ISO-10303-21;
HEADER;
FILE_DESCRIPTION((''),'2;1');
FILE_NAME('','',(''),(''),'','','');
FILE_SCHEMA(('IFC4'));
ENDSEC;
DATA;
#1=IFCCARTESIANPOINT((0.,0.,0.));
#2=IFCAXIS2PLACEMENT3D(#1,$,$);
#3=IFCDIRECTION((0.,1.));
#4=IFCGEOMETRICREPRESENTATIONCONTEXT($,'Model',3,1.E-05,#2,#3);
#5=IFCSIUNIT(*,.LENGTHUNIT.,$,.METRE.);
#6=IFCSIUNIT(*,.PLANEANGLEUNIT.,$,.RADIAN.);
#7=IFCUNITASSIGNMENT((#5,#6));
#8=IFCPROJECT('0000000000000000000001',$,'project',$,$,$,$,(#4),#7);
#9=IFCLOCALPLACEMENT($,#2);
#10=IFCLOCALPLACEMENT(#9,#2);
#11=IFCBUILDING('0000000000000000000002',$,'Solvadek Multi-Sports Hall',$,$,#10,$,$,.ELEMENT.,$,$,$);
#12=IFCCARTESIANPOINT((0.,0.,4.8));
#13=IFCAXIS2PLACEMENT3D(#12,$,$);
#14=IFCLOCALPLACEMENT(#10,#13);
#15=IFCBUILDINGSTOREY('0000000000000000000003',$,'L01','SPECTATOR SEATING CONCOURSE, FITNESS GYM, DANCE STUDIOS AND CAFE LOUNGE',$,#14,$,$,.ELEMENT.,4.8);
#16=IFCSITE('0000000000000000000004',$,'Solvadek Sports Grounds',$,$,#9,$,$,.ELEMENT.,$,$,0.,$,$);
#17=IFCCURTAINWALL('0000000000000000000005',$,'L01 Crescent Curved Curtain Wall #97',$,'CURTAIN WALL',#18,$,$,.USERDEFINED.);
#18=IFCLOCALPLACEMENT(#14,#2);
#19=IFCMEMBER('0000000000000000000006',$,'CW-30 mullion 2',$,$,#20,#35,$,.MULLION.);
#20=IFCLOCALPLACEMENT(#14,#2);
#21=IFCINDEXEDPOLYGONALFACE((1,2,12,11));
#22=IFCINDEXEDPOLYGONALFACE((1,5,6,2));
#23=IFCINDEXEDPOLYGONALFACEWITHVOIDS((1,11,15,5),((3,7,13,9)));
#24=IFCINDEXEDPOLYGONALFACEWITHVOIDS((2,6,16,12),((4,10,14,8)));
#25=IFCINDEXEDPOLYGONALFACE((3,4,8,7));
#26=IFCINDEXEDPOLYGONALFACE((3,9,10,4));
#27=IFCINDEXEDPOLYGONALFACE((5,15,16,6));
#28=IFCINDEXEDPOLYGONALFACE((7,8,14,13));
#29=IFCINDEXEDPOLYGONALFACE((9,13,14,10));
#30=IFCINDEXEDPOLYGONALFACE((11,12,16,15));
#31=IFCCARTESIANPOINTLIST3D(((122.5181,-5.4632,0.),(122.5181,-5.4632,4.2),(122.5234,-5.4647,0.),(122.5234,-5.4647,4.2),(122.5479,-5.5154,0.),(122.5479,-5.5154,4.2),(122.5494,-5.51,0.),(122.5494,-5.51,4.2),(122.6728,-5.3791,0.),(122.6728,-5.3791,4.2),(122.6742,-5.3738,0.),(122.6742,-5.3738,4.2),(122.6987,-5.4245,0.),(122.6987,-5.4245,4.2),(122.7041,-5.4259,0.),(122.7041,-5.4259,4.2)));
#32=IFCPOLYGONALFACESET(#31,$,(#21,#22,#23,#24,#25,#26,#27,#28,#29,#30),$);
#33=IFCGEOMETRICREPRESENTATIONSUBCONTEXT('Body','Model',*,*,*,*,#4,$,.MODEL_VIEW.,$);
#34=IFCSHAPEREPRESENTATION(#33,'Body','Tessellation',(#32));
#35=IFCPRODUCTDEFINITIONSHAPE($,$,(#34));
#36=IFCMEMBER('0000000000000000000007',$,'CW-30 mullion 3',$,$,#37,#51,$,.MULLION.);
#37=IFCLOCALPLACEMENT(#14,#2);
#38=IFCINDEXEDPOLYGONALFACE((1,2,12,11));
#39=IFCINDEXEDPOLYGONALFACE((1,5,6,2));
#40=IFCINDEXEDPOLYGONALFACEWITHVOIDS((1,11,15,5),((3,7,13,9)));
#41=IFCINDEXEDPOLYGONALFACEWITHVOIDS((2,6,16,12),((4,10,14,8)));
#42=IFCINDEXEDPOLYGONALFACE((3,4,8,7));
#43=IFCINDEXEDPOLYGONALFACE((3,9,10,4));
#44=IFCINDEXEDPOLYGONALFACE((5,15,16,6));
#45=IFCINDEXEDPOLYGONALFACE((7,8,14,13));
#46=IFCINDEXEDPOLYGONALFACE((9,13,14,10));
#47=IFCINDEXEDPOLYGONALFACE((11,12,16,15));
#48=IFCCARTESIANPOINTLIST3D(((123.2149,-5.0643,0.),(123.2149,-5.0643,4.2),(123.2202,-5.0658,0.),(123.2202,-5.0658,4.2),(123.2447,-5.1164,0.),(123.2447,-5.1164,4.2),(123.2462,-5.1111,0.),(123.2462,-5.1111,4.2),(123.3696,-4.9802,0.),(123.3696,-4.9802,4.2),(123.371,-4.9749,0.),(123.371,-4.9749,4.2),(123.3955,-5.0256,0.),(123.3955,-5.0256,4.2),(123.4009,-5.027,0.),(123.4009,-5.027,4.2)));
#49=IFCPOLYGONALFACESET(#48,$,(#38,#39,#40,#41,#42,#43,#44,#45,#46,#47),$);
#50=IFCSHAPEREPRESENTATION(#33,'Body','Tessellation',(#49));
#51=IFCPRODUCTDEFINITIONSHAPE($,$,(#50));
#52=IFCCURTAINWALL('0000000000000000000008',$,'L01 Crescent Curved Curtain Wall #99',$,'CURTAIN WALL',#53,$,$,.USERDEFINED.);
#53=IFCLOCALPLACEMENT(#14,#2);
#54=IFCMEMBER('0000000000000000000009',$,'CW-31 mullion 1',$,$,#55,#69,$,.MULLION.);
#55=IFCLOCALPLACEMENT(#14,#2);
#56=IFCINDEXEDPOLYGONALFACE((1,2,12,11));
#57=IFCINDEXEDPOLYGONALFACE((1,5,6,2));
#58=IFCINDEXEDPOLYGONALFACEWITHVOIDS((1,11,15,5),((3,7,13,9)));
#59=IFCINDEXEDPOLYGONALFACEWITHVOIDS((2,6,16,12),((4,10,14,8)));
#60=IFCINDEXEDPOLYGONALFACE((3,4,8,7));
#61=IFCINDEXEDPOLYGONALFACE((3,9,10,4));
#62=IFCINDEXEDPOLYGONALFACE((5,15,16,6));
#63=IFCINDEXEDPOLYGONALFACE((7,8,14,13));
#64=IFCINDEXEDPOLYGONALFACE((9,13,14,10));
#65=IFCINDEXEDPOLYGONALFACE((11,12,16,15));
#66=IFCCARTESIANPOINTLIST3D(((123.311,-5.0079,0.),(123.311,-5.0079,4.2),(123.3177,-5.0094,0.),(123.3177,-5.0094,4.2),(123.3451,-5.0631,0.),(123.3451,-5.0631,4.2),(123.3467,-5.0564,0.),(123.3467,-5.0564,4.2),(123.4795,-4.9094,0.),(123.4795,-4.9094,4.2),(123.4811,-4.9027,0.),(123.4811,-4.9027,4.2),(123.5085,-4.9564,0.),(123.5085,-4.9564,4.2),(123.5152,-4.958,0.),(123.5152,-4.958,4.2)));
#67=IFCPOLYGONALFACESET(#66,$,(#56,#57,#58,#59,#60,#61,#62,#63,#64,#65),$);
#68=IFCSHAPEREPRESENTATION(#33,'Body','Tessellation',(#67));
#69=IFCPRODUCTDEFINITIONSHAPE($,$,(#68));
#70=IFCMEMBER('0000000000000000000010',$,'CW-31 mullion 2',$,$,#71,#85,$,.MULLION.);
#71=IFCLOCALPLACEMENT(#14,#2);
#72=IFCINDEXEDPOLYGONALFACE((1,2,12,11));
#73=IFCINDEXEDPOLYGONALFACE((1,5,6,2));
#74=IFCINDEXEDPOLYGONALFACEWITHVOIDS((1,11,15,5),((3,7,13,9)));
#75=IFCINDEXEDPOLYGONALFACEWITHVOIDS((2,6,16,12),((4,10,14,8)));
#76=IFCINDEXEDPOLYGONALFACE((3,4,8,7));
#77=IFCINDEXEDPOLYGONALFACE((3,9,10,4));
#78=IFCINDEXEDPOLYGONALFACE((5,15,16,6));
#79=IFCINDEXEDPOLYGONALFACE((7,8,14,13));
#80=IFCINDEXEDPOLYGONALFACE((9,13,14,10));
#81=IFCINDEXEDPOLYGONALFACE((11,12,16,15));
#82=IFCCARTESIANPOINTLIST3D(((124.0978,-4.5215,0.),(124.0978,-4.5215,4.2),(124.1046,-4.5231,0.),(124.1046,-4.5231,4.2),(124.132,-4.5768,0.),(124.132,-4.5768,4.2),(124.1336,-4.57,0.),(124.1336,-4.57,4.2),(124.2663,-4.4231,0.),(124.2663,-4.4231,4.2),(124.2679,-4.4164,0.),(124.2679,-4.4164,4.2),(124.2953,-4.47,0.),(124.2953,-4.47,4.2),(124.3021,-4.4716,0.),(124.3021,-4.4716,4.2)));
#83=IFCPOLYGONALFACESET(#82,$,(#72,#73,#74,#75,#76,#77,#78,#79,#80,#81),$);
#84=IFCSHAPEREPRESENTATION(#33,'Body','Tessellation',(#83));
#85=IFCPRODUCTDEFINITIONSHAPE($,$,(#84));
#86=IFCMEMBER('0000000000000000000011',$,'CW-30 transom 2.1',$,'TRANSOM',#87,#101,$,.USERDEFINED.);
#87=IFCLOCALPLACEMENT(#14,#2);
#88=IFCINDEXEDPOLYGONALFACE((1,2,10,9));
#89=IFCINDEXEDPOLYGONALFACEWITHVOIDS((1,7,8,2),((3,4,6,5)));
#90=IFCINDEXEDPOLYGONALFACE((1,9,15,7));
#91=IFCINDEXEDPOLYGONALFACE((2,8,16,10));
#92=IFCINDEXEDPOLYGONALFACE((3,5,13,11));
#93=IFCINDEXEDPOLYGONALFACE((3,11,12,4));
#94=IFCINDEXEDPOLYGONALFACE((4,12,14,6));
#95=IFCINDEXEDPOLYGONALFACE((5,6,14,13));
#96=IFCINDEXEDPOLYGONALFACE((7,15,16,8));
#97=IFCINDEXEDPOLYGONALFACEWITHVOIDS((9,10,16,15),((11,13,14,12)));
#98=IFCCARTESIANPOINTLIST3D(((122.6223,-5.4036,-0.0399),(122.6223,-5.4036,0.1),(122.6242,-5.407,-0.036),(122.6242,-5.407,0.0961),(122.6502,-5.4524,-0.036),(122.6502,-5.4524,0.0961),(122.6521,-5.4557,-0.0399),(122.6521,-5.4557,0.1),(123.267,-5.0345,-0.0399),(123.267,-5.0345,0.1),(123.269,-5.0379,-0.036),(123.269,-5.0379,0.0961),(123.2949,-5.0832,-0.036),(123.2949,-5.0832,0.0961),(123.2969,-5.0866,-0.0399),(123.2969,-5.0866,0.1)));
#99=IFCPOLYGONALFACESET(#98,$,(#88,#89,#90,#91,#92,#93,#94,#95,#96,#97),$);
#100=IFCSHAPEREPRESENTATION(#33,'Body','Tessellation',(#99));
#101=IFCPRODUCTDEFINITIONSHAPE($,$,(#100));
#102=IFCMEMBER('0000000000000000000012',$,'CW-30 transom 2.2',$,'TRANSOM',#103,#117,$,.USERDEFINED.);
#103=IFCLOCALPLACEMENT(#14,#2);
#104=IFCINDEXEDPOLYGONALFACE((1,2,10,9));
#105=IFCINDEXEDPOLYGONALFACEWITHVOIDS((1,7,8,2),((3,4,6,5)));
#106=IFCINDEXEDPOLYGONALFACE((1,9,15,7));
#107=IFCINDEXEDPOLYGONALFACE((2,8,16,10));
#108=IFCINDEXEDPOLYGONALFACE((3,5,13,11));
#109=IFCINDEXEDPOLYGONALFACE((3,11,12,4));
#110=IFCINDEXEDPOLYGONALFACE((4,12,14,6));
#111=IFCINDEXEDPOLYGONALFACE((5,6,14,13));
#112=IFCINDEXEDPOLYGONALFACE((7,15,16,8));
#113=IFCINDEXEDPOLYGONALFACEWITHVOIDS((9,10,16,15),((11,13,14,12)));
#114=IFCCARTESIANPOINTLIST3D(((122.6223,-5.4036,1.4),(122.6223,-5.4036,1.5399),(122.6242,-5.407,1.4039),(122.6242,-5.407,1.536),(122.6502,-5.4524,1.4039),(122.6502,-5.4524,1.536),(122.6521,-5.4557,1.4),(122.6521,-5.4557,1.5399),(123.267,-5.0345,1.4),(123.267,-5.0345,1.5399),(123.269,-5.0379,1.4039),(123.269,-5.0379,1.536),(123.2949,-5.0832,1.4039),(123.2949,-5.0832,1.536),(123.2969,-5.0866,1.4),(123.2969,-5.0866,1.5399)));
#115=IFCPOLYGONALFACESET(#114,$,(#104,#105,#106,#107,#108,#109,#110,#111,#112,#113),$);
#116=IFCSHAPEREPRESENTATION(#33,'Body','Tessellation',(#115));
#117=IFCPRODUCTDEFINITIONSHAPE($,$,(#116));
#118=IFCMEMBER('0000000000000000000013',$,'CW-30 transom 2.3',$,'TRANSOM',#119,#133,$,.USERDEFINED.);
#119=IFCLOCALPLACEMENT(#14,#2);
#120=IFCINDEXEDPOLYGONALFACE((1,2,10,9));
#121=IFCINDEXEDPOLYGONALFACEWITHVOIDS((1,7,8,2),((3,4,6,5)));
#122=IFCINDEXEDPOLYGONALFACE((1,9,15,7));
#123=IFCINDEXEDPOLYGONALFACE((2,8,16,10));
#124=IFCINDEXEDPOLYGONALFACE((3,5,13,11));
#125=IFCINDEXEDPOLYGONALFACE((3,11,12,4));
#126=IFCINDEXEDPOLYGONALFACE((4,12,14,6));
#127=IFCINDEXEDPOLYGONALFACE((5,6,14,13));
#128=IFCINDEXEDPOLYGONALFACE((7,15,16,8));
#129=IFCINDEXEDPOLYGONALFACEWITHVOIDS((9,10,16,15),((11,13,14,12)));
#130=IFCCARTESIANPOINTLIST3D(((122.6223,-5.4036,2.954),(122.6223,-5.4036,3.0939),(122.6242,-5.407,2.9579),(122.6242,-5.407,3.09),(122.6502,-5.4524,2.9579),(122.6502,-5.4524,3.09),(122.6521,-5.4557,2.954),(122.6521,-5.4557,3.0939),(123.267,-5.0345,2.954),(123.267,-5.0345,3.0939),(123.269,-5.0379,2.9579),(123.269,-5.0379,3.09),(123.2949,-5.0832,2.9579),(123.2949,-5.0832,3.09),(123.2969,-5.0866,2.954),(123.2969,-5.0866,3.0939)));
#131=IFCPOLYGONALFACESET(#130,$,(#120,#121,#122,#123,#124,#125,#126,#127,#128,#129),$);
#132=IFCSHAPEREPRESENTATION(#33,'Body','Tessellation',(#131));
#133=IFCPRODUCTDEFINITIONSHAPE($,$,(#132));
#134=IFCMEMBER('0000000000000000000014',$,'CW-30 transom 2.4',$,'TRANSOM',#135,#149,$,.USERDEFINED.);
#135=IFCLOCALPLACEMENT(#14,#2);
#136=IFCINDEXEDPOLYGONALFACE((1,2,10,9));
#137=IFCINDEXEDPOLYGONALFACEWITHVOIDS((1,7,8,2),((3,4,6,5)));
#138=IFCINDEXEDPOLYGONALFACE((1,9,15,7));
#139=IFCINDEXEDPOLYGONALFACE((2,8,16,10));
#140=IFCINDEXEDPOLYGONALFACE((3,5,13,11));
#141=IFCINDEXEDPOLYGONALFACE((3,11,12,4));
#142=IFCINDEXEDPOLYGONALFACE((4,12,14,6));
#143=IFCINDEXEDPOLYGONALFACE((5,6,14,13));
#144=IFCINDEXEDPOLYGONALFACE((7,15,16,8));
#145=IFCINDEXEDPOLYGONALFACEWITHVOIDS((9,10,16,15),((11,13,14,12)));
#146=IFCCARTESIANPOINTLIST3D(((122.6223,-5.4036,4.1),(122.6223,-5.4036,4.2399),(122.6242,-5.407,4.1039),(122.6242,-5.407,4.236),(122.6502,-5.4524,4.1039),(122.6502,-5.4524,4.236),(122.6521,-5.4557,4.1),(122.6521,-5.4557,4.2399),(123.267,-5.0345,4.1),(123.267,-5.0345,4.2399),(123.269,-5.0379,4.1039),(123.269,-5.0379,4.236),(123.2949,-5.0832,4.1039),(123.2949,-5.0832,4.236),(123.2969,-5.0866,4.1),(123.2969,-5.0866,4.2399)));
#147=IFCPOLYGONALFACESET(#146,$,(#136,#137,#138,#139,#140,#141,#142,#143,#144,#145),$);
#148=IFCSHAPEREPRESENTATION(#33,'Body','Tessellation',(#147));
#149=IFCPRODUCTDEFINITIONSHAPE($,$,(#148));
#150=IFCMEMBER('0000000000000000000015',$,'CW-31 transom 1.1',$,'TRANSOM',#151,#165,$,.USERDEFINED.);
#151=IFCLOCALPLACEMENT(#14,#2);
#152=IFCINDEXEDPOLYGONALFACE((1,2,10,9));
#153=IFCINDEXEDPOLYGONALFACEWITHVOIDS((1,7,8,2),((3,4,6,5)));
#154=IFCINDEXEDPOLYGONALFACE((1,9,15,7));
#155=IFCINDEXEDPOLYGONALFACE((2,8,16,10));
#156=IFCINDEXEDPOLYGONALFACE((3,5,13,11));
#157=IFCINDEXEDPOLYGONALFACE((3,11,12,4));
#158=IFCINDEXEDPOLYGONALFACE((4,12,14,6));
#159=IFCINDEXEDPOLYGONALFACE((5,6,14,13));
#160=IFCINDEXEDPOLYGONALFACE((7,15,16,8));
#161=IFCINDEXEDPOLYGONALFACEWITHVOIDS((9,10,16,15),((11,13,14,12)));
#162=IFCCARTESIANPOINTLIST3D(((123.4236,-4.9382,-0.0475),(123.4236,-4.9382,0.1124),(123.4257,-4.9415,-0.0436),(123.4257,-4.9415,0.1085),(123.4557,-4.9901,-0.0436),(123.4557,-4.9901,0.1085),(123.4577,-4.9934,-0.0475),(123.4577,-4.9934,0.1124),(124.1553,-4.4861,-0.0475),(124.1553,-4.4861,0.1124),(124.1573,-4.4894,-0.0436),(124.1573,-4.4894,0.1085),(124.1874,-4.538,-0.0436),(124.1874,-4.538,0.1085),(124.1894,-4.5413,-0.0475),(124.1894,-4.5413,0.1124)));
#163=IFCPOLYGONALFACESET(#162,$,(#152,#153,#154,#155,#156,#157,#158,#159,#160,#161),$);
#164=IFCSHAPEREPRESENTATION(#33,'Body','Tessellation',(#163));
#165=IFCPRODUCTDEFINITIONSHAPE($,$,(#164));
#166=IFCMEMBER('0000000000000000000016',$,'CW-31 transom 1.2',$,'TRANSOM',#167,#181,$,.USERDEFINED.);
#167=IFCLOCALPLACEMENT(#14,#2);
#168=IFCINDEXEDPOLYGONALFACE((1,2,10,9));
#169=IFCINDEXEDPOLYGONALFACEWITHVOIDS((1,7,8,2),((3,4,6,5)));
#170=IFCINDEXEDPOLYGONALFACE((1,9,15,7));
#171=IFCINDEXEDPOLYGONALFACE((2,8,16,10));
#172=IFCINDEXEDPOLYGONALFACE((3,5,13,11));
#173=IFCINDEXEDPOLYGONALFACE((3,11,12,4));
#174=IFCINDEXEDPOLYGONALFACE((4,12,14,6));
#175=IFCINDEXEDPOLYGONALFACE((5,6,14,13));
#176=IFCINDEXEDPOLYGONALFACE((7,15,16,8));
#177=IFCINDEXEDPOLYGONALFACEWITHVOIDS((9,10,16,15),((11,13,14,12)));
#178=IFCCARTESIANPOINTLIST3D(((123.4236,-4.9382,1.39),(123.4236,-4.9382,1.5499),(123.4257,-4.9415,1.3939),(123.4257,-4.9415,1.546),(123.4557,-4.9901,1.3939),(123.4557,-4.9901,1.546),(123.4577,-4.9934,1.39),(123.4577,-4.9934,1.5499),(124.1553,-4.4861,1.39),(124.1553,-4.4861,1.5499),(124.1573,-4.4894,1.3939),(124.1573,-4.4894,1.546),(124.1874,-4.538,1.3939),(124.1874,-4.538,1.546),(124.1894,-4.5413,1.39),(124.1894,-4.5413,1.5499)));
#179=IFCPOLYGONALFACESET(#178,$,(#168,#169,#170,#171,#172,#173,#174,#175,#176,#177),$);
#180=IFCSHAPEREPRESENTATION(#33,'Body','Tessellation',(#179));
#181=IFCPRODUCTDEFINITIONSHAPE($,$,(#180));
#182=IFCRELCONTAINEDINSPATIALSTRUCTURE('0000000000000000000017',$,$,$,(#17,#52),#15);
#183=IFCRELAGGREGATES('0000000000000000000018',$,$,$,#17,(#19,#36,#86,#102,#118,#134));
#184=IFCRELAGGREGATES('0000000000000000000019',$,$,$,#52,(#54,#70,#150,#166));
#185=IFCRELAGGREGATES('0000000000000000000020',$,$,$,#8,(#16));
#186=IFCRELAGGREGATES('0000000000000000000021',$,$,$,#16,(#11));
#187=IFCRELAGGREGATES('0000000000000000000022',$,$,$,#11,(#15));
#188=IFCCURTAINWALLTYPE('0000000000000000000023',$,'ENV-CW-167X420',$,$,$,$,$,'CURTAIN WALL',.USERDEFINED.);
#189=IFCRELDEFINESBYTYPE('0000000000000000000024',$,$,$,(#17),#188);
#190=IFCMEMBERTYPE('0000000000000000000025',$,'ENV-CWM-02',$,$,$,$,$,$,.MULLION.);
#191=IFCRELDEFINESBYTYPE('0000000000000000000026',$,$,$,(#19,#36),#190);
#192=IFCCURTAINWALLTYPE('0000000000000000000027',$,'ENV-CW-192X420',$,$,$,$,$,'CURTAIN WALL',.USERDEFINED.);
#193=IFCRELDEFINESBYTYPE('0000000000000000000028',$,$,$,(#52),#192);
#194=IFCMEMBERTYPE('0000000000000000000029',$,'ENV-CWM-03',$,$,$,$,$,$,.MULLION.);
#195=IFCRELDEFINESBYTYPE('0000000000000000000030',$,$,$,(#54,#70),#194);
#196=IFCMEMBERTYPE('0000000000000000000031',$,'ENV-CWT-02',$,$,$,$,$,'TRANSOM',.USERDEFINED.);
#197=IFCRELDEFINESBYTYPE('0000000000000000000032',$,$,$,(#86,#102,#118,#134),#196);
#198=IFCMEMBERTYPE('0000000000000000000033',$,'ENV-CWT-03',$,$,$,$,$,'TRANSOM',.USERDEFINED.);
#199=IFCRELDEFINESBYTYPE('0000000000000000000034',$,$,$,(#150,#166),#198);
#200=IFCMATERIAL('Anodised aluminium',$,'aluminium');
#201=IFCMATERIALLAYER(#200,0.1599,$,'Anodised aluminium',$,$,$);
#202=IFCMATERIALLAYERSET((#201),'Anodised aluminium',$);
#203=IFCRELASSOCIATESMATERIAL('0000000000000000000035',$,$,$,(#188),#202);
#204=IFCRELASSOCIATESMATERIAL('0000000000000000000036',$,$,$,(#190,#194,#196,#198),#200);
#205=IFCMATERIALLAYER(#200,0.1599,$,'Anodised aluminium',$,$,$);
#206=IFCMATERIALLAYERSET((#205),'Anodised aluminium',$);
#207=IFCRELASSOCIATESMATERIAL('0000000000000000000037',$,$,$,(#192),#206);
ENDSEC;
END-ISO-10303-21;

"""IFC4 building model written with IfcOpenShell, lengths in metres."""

from ifc_helpers import new_model, si_unit, direction, frame, origin, origin_2d, place, context, subcontext, project, spatial, hollow_rectangle, extrude, material, layer, layer_set, material_profile, profile_set, type_object, element, aggregate, save


model = new_model("IFC4")

# Units and contexts
model_context = context("Model", 3, precision=1e-05, world=origin(), true_north=direction((0.0, 1.0)))
body_context = subcontext(model_context, "Body", "Model", "MODEL_VIEW")
ifc_project = project(units=[si_unit("LENGTHUNIT", "METRE"), si_unit("PLANEANGLEUNIT", "RADIAN")], contexts=[model_context])

# Site, building, storey
site_placement = place(None, origin())
site = spatial("IfcSite", under=ifc_project, at=site_placement, Name="Solvadek Sports Grounds", CompositionType="ELEMENT", RefElevation=0.0)
building_placement = place(site_placement, origin())
building = spatial("IfcBuilding", under=site, at=building_placement, Name="Solvadek Multi-Sports Hall", CompositionType="ELEMENT")
storey_placement = place(building_placement, frame((0.0, 0.0, 4.8)))
storey = spatial("IfcBuildingStorey", under=building, at=storey_placement, Name="L01", Description="SPECTATOR SEATING CONCOURSE, FITNESS GYM, DANCE STUDIOS AND CAFE LOUNGE", CompositionType="ELEMENT", Elevation=4.8)

# Curtain walls, members
ifc_material_1 = material(Name="Anodised aluminium", Category="aluminium")
ifc_layer_1 = layer(ifc_material_1, 0.1599, Name="Anodised aluminium")
ifc_layer_set_1 = layer_set([ifc_layer_1], Name="Anodised aluminium")
curtain_wall_type_1 = type_object("IfcCurtainWallType", Name="ENV-CW-167X420", ElementType="CURTAIN WALL", PredefinedType="USERDEFINED", material=ifc_layer_set_1)
curtain_wall_1_placement = place(storey_placement, origin())
curtain_wall_1 = element("IfcCurtainWall", 1, at=curtain_wall_1_placement, inside=storey, type_object=curtain_wall_type_1, Name="L01 Crescent Curved Curtain Wall #97", ObjectType="CURTAIN WALL", PredefinedType="USERDEFINED")
ifc_material_profile_1 = material_profile(ifc_material_1, hollow_rectangle(XDim=0.0601, YDim=0.1799, WallThickness=0.0039, at=origin_2d()), Name="ALU-M 180x60x4")
ifc_profile_set_1 = profile_set([ifc_material_profile_1], Name="Anodised aluminium")
member_type_1 = type_object("IfcMemberType", Name="ENV-CWM-02", PredefinedType="MULLION", material=ifc_profile_set_1)
member_1_placement = place(storey_placement, frame((122.6111, -5.4446, 0.0), z_axis=(0.0, 0.0, 1.0), x_axis=(-0.496992, 0.867755, 0.0)))
member_1 = element("IfcMember", 2, at=member_1_placement, type_object=member_type_1, Name="CW-30 mullion 2", PredefinedType="MULLION", context=body_context, shape_type="SweptSolid", body=[
    extrude(hollow_rectangle(XDim=0.0601, YDim=0.1799, WallThickness=0.0039, at=origin_2d()), origin(), (0.0, 0.0, 1.0), 4.2),
])
member_2_placement = place(storey_placement, frame((123.3079, -5.0457, 0.0), z_axis=(0.0, 0.0, 1.0), x_axis=(-0.496992, 0.867755, 0.0)))
member_2 = element("IfcMember", 3, at=member_2_placement, type_object=member_type_1, Name="CW-30 mullion 3", PredefinedType="MULLION", context=body_context, shape_type="SweptSolid", body=[
    extrude(hollow_rectangle(XDim=0.0601, YDim=0.1799, WallThickness=0.0039, at=origin_2d()), origin(), (0.0, 0.0, 1.0), 4.2),
])
ifc_layer_2 = layer(ifc_material_1, 0.1599, Name="Anodised aluminium")
ifc_layer_set_2 = layer_set([ifc_layer_2], Name="Anodised aluminium")
curtain_wall_type_2 = type_object("IfcCurtainWallType", Name="ENV-CW-192X420", ElementType="CURTAIN WALL", PredefinedType="USERDEFINED", material=ifc_layer_set_2)
curtain_wall_2_placement = place(storey_placement, origin())
curtain_wall_2 = element("IfcCurtainWall", 4, at=curtain_wall_2_placement, inside=storey, type_object=curtain_wall_type_2, Name="L01 Crescent Curved Curtain Wall #99", ObjectType="CURTAIN WALL", PredefinedType="USERDEFINED")
ifc_material_profile_2 = material_profile(ifc_material_1, hollow_rectangle(XDim=0.0649, YDim=0.2, WallThickness=0.0049, at=origin_2d()), Name="ALU-M 200x65x5")
ifc_profile_set_2 = profile_set([ifc_material_profile_2], Name="Anodised aluminium")
member_type_2 = type_object("IfcMemberType", Name="ENV-CWM-03", PredefinedType="MULLION", material=ifc_profile_set_2)
member_3_placement = place(storey_placement, frame((123.4131, -4.9829, 0.0), z_axis=(0.0, 0.0, 1.0), x_axis=(-0.525815, 0.850599, 0.0)))
member_3 = element("IfcMember", 5, at=member_3_placement, type_object=member_type_2, Name="CW-31 mullion 1", PredefinedType="MULLION", context=body_context, shape_type="SweptSolid", body=[
    extrude(hollow_rectangle(XDim=0.0649, YDim=0.2, WallThickness=0.0049, at=origin_2d()), origin(), (0.0, 0.0, 1.0), 4.2),
])
member_4_placement = place(storey_placement, frame((124.2, -4.4966, 0.0), z_axis=(0.0, 0.0, 1.0), x_axis=(-0.525815, 0.850599, 0.0)))
member_4 = element("IfcMember", 6, at=member_4_placement, type_object=member_type_2, Name="CW-31 mullion 2", PredefinedType="MULLION", context=body_context, shape_type="SweptSolid", body=[
    extrude(hollow_rectangle(XDim=0.0649, YDim=0.2, WallThickness=0.0049, at=origin_2d()), origin(), (0.0, 0.0, 1.0), 4.2),
])

# Members
ifc_material_profile_3 = material_profile(ifc_material_1, hollow_rectangle(XDim=0.0601, YDim=0.1399, WallThickness=0.0039, at=origin_2d()), Name="ALU-T 140x60x4")
ifc_profile_set_3 = profile_set([ifc_material_profile_3], Name="Anodised aluminium")
member_type_3 = type_object("IfcMemberType", Name="ENV-CWT-02", ElementType="TRANSOM", PredefinedType="USERDEFINED", material=ifc_profile_set_3)
member_5_placement = place(storey_placement, frame((122.6372, -5.4297, 0.03), z_axis=(0.867838, 0.496847, 0.0), x_axis=(-0.496847, 0.867838, 0.0)))
member_5 = element("IfcMember", 7, at=member_5_placement, type_object=member_type_3, Name="CW-30 transom 2.1", ObjectType="TRANSOM", PredefinedType="USERDEFINED", context=body_context, shape_type="SweptSolid", body=[
    extrude(hollow_rectangle(XDim=0.0601, YDim=0.1399, WallThickness=0.0039, at=origin_2d()), origin(), (0.0, 0.0, 1.0), 0.7429),
])
member_6_placement = place(storey_placement, frame((122.6372, -5.4297, 1.47), z_axis=(0.867838, 0.496847, 0.0), x_axis=(-0.496847, 0.867838, 0.0)))
member_6 = element("IfcMember", 8, at=member_6_placement, type_object=member_type_3, Name="CW-30 transom 2.2", ObjectType="TRANSOM", PredefinedType="USERDEFINED", context=body_context, shape_type="SweptSolid", body=[
    extrude(hollow_rectangle(XDim=0.0601, YDim=0.1399, WallThickness=0.0039, at=origin_2d()), origin(), (0.0, 0.0, 1.0), 0.7429),
])
member_7_placement = place(storey_placement, frame((122.6372, -5.4297, 3.0239), z_axis=(0.867838, 0.496847, 0.0), x_axis=(-0.496847, 0.867838, 0.0)))
member_7 = element("IfcMember", 9, at=member_7_placement, type_object=member_type_3, Name="CW-30 transom 2.3", ObjectType="TRANSOM", PredefinedType="USERDEFINED", context=body_context, shape_type="SweptSolid", body=[
    extrude(hollow_rectangle(XDim=0.0601, YDim=0.1399, WallThickness=0.0039, at=origin_2d()), origin(), (0.0, 0.0, 1.0), 0.7429),
])
member_8_placement = place(storey_placement, frame((122.6372, -5.4297, 4.1699), z_axis=(0.867838, 0.496847, 0.0), x_axis=(-0.496847, 0.867838, 0.0)))
member_8 = element("IfcMember", 10, at=member_8_placement, type_object=member_type_3, Name="CW-30 transom 2.4", ObjectType="TRANSOM", PredefinedType="USERDEFINED", context=body_context, shape_type="SweptSolid", body=[
    extrude(hollow_rectangle(XDim=0.0601, YDim=0.1399, WallThickness=0.0039, at=origin_2d()), origin(), (0.0, 0.0, 1.0), 0.7429),
])
ifc_material_profile_4 = material_profile(ifc_material_1, hollow_rectangle(XDim=0.0649, YDim=0.1599, WallThickness=0.0039, at=origin_2d()), Name="ALU-T 160x65x4")
ifc_profile_set_4 = profile_set([ifc_material_profile_4], Name="Anodised aluminium")
member_type_4 = type_object("IfcMemberType", Name="ENV-CWT-03", ElementType="TRANSOM", PredefinedType="USERDEFINED", material=ifc_profile_set_4)
member_9_placement = place(storey_placement, frame((123.4407, -4.9658, 0.0325), z_axis=(0.850682, 0.52568, 0.0), x_axis=(-0.52568, 0.850682, 0.0)))
member_9 = element("IfcMember", 11, at=member_9_placement, type_object=member_type_4, Name="CW-31 transom 1.1", ObjectType="TRANSOM", PredefinedType="USERDEFINED", context=body_context, shape_type="SweptSolid", body=[
    extrude(hollow_rectangle(XDim=0.0649, YDim=0.1599, WallThickness=0.0039, at=origin_2d()), origin(), (0.0, 0.0, 1.0), 0.8601),
])
member_10_placement = place(storey_placement, frame((123.4407, -4.9658, 1.47), z_axis=(0.850682, 0.52568, 0.0), x_axis=(-0.52568, 0.850682, 0.0)))
member_10 = element("IfcMember", 12, at=member_10_placement, type_object=member_type_4, Name="CW-31 transom 1.2", ObjectType="TRANSOM", PredefinedType="USERDEFINED", context=body_context, shape_type="SweptSolid", body=[
    extrude(hollow_rectangle(XDim=0.0649, YDim=0.1599, WallThickness=0.0039, at=origin_2d()), origin(), (0.0, 0.0, 1.0), 0.8601),
])

aggregate(curtain_wall_1, [member_1, member_2, member_5, member_6, member_7, member_8])
aggregate(curtain_wall_2, [member_3, member_4, member_9, member_10])

save(model, "model.ifc")
